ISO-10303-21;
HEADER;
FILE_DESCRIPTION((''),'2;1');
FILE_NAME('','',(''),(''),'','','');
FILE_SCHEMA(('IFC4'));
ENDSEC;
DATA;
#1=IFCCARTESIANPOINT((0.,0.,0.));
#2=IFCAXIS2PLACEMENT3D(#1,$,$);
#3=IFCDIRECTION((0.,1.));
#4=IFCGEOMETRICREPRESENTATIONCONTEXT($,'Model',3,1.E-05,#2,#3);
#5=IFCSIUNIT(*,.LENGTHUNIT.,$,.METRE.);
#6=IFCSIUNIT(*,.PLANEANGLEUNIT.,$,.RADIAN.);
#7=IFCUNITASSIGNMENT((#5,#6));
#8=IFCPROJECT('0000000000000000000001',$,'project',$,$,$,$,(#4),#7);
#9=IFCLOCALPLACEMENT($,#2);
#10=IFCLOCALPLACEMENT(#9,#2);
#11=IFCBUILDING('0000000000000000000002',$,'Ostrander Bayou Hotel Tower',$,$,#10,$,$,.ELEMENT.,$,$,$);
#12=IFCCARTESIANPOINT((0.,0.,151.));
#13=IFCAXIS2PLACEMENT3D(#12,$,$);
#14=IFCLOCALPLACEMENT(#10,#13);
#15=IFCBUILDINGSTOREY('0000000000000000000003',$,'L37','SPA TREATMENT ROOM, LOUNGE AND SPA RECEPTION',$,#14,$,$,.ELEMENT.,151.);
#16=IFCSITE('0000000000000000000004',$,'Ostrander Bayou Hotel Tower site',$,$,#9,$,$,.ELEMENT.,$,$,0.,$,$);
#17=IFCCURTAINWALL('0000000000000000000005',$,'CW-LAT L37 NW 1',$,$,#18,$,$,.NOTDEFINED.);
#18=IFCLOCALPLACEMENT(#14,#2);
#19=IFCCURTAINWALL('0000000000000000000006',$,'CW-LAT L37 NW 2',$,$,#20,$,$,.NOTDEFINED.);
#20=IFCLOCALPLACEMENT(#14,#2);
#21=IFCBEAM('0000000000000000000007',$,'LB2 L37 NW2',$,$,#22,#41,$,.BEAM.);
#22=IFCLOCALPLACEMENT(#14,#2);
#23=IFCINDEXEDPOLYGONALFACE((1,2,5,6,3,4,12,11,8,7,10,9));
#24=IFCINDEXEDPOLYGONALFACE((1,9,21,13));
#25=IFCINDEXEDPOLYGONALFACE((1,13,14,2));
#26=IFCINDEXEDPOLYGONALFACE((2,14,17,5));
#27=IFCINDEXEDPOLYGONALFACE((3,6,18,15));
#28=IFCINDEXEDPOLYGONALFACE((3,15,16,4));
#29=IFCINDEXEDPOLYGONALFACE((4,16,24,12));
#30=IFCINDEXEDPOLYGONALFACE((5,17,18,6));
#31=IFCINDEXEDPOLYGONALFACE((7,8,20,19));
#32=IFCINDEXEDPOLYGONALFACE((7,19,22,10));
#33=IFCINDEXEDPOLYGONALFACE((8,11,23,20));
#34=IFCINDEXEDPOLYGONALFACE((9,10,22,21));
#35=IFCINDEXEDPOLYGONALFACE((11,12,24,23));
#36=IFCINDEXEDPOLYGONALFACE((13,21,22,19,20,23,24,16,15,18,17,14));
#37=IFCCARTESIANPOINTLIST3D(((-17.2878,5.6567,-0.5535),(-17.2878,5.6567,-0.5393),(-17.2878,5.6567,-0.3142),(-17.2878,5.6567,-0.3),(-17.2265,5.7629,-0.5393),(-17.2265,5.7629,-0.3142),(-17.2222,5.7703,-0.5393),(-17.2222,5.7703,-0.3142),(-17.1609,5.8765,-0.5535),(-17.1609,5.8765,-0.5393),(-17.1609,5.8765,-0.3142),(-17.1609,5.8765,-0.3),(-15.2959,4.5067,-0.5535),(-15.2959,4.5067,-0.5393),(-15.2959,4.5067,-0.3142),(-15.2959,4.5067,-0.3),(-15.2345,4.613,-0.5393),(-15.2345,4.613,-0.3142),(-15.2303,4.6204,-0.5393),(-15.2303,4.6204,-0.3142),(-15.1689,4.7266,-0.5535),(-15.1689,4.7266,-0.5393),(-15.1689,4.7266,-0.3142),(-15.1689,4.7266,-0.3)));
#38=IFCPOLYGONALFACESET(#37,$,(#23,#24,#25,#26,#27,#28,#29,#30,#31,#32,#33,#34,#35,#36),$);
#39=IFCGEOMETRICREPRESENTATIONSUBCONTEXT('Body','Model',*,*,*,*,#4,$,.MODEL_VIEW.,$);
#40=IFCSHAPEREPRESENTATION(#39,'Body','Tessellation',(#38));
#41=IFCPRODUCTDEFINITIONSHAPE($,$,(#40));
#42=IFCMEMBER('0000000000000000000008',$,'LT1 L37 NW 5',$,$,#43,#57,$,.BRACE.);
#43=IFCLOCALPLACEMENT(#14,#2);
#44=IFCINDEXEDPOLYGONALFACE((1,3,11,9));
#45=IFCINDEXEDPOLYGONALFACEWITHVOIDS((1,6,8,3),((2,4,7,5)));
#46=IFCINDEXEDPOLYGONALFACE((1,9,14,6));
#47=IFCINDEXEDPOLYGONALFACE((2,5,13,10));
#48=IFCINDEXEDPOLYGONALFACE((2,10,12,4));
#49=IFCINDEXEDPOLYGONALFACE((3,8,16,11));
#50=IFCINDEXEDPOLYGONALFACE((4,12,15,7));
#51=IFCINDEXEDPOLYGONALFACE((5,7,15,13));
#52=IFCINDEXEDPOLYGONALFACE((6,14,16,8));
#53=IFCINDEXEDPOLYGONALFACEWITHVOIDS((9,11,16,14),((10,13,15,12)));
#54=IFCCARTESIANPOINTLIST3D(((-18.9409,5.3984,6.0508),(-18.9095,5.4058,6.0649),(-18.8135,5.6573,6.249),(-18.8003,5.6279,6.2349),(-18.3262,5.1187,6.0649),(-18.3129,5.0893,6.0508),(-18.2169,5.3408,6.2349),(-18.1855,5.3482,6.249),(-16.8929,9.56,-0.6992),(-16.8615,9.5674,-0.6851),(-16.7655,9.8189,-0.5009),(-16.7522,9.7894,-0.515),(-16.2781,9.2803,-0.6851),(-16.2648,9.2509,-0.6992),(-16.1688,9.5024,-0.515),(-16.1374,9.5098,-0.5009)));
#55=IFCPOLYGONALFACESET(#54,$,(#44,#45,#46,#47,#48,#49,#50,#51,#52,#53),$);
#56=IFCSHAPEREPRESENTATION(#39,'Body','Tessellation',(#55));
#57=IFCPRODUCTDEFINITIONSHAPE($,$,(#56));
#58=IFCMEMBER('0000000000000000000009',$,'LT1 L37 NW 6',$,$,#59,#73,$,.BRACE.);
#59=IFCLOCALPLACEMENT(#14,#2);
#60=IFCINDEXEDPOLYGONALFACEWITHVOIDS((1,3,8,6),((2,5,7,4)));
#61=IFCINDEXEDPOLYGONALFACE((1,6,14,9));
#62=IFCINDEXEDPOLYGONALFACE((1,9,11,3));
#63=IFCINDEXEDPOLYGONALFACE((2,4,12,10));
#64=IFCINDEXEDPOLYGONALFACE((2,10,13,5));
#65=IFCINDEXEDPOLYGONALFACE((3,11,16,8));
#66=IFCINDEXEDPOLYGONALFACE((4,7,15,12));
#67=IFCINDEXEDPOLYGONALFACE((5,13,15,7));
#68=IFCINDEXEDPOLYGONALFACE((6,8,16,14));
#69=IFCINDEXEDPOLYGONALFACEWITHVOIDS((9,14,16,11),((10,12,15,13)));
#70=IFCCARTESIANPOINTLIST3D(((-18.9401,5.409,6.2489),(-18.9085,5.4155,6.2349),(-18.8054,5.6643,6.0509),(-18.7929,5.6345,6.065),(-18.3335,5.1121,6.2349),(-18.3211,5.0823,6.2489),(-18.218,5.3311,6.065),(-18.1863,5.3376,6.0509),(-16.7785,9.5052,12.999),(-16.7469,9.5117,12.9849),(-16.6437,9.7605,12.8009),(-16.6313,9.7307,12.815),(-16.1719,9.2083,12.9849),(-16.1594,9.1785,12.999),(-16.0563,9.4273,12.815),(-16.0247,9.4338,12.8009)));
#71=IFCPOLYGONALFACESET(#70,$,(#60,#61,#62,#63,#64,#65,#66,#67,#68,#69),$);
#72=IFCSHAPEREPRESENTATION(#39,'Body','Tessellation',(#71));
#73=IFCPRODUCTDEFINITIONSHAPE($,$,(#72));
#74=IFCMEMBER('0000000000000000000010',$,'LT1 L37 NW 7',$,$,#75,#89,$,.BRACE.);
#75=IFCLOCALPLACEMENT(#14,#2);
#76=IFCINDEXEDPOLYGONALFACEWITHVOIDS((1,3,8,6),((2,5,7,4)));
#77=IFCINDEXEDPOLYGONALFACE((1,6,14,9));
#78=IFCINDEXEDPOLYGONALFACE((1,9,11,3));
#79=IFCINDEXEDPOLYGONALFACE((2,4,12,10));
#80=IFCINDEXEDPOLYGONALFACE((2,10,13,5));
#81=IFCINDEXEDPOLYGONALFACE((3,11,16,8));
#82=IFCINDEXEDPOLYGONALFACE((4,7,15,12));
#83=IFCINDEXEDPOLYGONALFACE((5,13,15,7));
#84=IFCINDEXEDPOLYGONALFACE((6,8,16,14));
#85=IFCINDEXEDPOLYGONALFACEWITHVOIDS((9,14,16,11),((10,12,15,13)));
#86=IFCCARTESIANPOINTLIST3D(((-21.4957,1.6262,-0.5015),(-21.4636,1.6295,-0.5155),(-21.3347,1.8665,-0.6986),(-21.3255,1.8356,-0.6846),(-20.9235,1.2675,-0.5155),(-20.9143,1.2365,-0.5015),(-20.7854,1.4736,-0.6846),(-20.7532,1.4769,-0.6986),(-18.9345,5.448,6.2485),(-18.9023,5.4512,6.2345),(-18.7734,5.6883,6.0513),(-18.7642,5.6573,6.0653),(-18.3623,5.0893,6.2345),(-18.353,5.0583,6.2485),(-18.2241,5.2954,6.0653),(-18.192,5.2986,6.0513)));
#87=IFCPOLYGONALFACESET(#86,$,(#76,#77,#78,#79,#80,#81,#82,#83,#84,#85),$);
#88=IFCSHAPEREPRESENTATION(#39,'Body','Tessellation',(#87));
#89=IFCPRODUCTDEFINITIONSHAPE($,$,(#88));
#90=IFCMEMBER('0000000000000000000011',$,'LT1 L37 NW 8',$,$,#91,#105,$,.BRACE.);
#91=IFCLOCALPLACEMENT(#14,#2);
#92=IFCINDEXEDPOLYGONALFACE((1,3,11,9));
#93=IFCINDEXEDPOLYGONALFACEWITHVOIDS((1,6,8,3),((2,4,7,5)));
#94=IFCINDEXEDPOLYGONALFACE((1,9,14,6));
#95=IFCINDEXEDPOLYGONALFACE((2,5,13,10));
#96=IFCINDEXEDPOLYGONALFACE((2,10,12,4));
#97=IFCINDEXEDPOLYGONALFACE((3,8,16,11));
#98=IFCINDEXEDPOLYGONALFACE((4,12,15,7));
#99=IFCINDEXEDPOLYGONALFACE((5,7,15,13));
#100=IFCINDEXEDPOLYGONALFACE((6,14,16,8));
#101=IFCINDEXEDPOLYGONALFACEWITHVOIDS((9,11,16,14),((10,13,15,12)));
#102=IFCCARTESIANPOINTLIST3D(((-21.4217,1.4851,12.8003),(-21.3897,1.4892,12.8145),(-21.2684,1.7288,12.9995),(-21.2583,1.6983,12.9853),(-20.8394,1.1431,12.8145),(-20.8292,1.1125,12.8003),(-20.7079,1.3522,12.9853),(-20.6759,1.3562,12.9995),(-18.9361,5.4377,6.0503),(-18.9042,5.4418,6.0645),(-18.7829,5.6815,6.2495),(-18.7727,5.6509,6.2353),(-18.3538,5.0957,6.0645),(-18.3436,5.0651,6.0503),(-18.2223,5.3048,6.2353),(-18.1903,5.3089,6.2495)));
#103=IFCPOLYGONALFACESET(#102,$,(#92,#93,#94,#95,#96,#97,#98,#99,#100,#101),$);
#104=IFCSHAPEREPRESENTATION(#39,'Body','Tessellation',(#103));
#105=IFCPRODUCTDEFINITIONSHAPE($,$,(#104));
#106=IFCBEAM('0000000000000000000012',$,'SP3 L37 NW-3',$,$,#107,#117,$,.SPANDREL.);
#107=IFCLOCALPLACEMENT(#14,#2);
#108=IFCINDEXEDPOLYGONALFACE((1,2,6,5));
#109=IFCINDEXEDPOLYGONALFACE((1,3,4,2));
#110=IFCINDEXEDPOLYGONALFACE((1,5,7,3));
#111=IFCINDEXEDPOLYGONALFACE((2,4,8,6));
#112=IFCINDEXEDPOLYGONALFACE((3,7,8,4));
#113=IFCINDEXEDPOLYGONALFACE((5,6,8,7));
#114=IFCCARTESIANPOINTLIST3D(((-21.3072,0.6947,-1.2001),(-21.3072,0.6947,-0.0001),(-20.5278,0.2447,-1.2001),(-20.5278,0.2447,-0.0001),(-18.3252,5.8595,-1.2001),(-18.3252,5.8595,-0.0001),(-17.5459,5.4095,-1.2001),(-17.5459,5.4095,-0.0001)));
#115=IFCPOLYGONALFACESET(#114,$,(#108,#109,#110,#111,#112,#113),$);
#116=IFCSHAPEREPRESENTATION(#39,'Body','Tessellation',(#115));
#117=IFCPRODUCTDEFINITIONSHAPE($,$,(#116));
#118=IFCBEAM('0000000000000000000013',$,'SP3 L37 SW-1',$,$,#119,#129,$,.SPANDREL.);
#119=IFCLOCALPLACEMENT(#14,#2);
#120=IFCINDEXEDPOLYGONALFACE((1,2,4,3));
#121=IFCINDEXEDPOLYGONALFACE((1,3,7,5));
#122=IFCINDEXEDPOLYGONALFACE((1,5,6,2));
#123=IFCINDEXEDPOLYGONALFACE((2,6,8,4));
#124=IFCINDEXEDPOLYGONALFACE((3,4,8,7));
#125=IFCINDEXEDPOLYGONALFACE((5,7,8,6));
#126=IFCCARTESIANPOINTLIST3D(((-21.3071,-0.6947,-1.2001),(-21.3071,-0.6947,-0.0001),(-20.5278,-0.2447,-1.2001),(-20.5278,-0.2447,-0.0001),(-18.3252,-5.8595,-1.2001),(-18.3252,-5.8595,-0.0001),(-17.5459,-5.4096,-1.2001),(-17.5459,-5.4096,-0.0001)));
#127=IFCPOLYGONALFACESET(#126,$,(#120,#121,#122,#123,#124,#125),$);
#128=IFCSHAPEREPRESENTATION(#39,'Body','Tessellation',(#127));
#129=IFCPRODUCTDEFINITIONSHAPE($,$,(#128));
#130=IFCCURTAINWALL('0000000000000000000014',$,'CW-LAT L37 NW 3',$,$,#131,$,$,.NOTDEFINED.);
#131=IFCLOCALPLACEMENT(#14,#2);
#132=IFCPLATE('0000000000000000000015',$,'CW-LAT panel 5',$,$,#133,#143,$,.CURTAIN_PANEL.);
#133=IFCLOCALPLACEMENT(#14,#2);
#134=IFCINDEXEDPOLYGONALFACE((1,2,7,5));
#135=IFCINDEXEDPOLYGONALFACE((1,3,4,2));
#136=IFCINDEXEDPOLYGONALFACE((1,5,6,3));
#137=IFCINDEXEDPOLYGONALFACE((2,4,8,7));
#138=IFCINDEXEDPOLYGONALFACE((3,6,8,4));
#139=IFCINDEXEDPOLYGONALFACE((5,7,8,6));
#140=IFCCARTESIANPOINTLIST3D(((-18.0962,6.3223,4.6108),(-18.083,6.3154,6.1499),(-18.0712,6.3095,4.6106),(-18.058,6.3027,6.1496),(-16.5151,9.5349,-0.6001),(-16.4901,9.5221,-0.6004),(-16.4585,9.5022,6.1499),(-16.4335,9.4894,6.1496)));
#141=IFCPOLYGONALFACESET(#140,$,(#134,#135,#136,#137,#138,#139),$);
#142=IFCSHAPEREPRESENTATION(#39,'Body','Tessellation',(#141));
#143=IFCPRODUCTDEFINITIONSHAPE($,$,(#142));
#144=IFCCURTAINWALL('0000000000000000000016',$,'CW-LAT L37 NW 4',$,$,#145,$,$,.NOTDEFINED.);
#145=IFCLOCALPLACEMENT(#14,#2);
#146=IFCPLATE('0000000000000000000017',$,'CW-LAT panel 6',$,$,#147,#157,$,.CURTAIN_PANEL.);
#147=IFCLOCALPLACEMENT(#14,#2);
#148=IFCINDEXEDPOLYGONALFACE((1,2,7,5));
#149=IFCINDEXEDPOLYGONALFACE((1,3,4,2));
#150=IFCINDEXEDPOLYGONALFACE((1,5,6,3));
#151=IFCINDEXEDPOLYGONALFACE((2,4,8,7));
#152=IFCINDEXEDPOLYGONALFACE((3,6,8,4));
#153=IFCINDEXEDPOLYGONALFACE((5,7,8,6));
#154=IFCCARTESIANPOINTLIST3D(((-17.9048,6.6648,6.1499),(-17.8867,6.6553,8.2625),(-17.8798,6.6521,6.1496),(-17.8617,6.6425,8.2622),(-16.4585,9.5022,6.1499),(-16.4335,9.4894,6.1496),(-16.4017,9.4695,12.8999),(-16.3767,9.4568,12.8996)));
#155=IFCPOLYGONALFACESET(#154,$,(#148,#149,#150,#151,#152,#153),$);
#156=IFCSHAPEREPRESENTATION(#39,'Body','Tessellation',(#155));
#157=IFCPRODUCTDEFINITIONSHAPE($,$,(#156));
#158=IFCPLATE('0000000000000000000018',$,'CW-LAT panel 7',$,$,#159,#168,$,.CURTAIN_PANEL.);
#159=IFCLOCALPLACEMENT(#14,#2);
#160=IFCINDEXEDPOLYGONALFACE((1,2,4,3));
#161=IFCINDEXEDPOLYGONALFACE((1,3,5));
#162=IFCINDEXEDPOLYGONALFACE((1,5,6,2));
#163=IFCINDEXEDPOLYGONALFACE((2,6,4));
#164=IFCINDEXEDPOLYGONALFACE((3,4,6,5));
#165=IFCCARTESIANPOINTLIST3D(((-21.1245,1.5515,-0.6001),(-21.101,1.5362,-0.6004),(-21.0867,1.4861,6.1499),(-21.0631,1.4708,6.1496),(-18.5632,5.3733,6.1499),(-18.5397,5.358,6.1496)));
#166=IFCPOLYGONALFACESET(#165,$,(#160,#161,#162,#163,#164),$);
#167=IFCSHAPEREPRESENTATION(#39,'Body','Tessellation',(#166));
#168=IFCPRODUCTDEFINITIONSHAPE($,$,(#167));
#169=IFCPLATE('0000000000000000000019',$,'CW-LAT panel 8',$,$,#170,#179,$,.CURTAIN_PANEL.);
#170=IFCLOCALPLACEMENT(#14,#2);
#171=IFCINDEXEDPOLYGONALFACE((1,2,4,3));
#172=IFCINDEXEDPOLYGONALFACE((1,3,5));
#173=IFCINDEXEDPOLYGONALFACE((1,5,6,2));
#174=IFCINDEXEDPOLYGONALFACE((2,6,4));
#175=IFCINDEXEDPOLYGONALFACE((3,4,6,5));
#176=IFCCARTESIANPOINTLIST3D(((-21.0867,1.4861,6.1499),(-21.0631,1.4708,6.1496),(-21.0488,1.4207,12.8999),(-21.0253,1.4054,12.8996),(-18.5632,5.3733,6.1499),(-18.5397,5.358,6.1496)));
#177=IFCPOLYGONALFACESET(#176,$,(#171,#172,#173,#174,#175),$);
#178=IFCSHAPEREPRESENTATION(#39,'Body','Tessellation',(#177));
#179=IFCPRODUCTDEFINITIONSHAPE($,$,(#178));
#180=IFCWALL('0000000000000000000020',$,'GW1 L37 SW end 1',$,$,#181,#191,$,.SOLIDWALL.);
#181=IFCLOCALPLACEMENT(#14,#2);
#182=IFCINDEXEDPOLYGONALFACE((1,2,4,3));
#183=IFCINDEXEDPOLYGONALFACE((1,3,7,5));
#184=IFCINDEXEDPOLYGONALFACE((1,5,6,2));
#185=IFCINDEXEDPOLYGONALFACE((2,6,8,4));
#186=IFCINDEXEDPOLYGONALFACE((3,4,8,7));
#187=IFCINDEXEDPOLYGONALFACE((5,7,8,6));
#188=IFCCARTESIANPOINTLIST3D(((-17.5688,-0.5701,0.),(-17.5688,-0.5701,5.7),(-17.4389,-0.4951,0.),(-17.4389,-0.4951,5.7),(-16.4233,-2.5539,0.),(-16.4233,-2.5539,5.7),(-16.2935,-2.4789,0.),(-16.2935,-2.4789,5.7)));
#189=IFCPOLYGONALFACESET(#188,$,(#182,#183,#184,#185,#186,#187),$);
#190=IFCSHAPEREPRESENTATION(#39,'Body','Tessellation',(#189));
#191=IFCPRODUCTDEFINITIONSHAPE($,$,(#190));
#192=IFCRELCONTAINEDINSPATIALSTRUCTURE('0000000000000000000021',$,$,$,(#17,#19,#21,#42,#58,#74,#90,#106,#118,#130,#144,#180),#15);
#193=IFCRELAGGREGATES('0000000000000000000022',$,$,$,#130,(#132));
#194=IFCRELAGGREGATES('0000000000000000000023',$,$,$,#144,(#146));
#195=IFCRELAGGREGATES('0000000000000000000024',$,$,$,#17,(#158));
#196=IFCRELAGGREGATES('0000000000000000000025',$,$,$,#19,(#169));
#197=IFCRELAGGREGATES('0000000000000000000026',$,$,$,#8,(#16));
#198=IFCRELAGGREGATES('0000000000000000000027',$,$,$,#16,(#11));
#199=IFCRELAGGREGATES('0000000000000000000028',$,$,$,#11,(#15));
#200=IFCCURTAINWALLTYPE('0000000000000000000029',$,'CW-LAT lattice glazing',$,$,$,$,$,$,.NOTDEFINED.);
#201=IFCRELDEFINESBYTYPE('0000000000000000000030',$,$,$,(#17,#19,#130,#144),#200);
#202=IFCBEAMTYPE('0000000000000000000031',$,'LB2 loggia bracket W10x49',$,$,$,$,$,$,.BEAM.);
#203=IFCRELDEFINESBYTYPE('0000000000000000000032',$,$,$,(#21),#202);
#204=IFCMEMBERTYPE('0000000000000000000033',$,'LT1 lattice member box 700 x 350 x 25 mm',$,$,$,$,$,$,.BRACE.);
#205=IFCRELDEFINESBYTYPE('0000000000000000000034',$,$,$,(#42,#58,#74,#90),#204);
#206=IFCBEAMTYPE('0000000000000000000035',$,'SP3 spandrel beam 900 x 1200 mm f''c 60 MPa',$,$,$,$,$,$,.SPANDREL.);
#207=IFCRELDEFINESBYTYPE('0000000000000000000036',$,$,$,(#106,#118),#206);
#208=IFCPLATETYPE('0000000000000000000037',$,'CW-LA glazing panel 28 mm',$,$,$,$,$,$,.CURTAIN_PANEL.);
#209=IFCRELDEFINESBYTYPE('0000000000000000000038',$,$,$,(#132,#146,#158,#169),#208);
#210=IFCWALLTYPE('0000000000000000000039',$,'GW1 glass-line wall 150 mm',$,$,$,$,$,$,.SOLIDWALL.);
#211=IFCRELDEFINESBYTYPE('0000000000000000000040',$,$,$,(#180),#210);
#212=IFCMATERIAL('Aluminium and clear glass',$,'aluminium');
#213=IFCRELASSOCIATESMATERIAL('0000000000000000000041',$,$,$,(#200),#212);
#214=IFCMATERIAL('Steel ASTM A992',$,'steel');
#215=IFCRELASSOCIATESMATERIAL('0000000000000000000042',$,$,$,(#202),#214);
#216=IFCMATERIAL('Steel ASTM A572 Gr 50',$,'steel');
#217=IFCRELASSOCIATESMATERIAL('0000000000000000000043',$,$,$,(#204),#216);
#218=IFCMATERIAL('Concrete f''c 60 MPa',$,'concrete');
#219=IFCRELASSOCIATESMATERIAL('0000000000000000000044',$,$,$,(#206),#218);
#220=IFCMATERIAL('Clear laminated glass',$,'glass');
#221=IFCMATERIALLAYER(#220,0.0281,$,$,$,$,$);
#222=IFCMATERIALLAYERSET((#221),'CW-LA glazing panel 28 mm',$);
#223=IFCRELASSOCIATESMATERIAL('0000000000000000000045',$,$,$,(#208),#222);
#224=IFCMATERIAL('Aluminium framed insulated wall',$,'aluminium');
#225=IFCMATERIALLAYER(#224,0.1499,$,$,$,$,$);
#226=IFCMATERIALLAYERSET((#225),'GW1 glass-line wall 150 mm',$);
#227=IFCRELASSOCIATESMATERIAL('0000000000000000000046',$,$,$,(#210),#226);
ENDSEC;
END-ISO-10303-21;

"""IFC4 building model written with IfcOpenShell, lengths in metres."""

from ifc_helpers import new_model, si_unit, direction, frame, frame_2d, origin, origin_2d, place, context, subcontext, project, spatial, polyline, rectangle, hollow_rectangle, i_section, outline, extrude, material, layer, layer_set, material_profile, profile_set, type_object, element, aggregate, save


model = new_model("IFC4")

# Units and contexts
model_context = context("Model", 3, precision=1e-05, world=origin(), true_north=direction((0.0, 1.0)))
body_context = subcontext(model_context, "Body", "Model", "MODEL_VIEW")
ifc_project = project(units=[si_unit("LENGTHUNIT", "METRE"), si_unit("PLANEANGLEUNIT", "RADIAN")], contexts=[model_context])

# Site, building, storey
site_placement = place(None, origin())
site = spatial("IfcSite", under=ifc_project, at=site_placement, Name="Ostrander Bayou Hotel Tower site", CompositionType="ELEMENT", RefElevation=0.0)
building_placement = place(site_placement, origin())
building = spatial("IfcBuilding", under=site, at=building_placement, Name="Ostrander Bayou Hotel Tower", CompositionType="ELEMENT")
storey_placement = place(building_placement, frame((0.0, 0.0, 151.0)))
storey = spatial("IfcBuildingStorey", under=building, at=storey_placement, Name="L37", Description="SPA TREATMENT ROOM, LOUNGE AND SPA RECEPTION", CompositionType="ELEMENT", Elevation=151.0)

# Curtain wall
ifc_material_1 = material(Name="Aluminium and clear glass", Category="aluminium")
curtain_wall_type_1 = type_object("IfcCurtainWallType", Name="CW-LAT lattice glazing", PredefinedType="NOTDEFINED", material=ifc_material_1)
curtain_wall_1_placement = place(storey_placement, origin())
curtain_wall_1 = element("IfcCurtainWall", 1, at=curtain_wall_1_placement, inside=storey, type_object=curtain_wall_type_1, Name="CW-LAT L37 NW 1", PredefinedType="NOTDEFINED")

# Curtain wall
curtain_wall_2_placement = place(storey_placement, origin())
curtain_wall_2 = element("IfcCurtainWall", 2, at=curtain_wall_2_placement, inside=storey, type_object=curtain_wall_type_1, Name="CW-LAT L37 NW 2", PredefinedType="NOTDEFINED")

# Beam
ifc_material_2 = material(Name="Steel ASTM A992", Category="steel")
ifc_material_profile_1 = material_profile(ifc_material_2, i_section(OverallWidth=0.2539, OverallDepth=0.2534, WebThickness=0.0085, FlangeThickness=0.0142, at=origin_2d()))
ifc_profile_set_1 = profile_set([ifc_material_profile_1], Name="Steel ASTM A992")
beam_type_1 = type_object("IfcBeamType", Name="LB2 loggia bracket W10x49", PredefinedType="BEAM", material=ifc_profile_set_1)
beam_placement = place(storey_placement, frame((-17.2244, 5.7666, -0.4268), z_axis=(0.866053, -0.499952, 0.0), x_axis=(0.499952, 0.866053, 0.0)))
element("IfcBeam", 3, at=beam_placement, inside=storey, type_object=beam_type_1, Name="LB2 L37 NW2", PredefinedType="BEAM", context=body_context, shape_type="SweptSolid", body=[
    extrude(i_section(OverallWidth=0.2539, OverallDepth=0.2534, WebThickness=0.0085, FlangeThickness=0.0142, at=origin_2d()), origin(), (0.0, 0.0, 1.0), 2.3),
])

# Members
ifc_material_3 = material(Name="Steel ASTM A572 Gr 50", Category="steel")
ifc_material_profile_2 = material_profile(ifc_material_3, hollow_rectangle(XDim=0.7, YDim=0.3501, WallThickness=0.0249, at=origin_2d()))
ifc_profile_set_2 = profile_set([ifc_material_profile_2], Name="Steel ASTM A572 Gr 50")
member_type_1 = type_object("IfcMemberType", Name="LT1 lattice member box 700 x 350 x 25 mm", PredefinedType="BRACE", material=ifc_profile_set_2)
member_1_placement = place(storey_placement, frame((-18.5632, 5.3733, 6.1499), z_axis=(0.250072, 0.508134, -0.824175), x_axis=(-0.897231, 0.441562, 0.0)))
element("IfcMember", 4, at=member_1_placement, inside=storey, type_object=member_type_1, Name="LT1 L37 NW 5", PredefinedType="BRACE", context=body_context, shape_type="SweptSolid", body=[
    extrude(hollow_rectangle(XDim=0.7, YDim=0.3501, WallThickness=0.0249, at=origin_2d()), origin(), (0.0, 0.0, 1.0), 8.1899),
])
member_2_placement = place(storey_placement, frame((-18.5632, 5.3733, 6.1499), z_axis=(0.264057, 0.500378, 0.824558), x_axis=(-0.884408, 0.466715, 0.0)))
element("IfcMember", 5, at=member_2_placement, inside=storey, type_object=member_type_1, Name="LT1 L37 NW 6", PredefinedType="BRACE", context=body_context, shape_type="SweptSolid", body=[
    extrude(hollow_rectangle(XDim=0.7, YDim=0.3501, WallThickness=0.0249, at=origin_2d()), origin(), (0.0, 0.0, 1.0), 8.1863),
])
member_3_placement = place(storey_placement, frame((-18.5632, 5.3733, 6.1499), z_axis=(-0.313546, -0.467853, -0.826319), x_axis=(0.830701, -0.556719, 0.0)))
element("IfcMember", 6, at=member_3_placement, inside=storey, type_object=member_type_1, Name="LT1 L37 NW 7", PredefinedType="BRACE", context=body_context, shape_type="SweptSolid", body=[
    extrude(hollow_rectangle(XDim=0.7, YDim=0.3501, WallThickness=0.0249, at=origin_2d()), origin(), (0.0, 0.0, 1.0), 8.1687),
])
member_4_placement = place(storey_placement, frame((-18.5632, 5.3733, 6.1499), z_axis=(-0.302842, -0.481585, 0.822413), x_axis=(0.846532, -0.532338, 0.0)))
element("IfcMember", 7, at=member_4_placement, inside=storey, type_object=member_type_1, Name="LT1 L37 NW 8", PredefinedType="BRACE", context=body_context, shape_type="SweptSolid", body=[
    extrude(hollow_rectangle(XDim=0.7, YDim=0.3501, WallThickness=0.0249, at=origin_2d()), origin(), (0.0, 0.0, 1.0), 8.2075),
])

# Beams
ifc_material_4 = material(Name="Concrete f'c 60 MPa", Category="concrete")
ifc_material_profile_3 = material_profile(ifc_material_4, rectangle(XDim=0.8999, YDim=1.2, at=origin_2d()))
ifc_profile_set_3 = profile_set([ifc_material_profile_3], Name="Concrete f'c 60 MPa")
beam_type_2 = type_object("IfcBeamType", Name="SP3 spandrel beam 900 x 1200 mm f'c 60 MPa", PredefinedType="SPANDREL", material=ifc_profile_set_3)
for number, where, z_axis, x_axis, name in (
    (8, (-17.9355, 5.6345, -0.6001), (-0.500005, -0.866023, 0.0), (0.866023, -0.500005, 0.0), "SP3 L37 NW-3"),
    (9, (-20.9175, -0.4697, -0.6001), (0.500005, -0.866023, 0.0), (0.866023, 0.500005, 0.0), "SP3 L37 SW-1"),
):
    element("IfcBeam", number, at=place(storey_placement, frame(where, z_axis=z_axis, x_axis=x_axis)), inside=storey, type_object=beam_type_2, Name=name, PredefinedType="SPANDREL", context=body_context, shape_type="SweptSolid", body=[
        extrude(rectangle(XDim=0.8999, YDim=1.2, at=origin_2d()), origin(), (0.0, 0.0, 1.0), 5.9639),
    ])

# Curtain walls, plates
curtain_wall_3_placement = place(storey_placement, origin())
curtain_wall_3 = element("IfcCurtainWall", 10, at=curtain_wall_3_placement, inside=storey, type_object=curtain_wall_type_1, Name="CW-LAT L37 NW 3", PredefinedType="NOTDEFINED")
ifc_material_5 = material(Name="Clear laminated glass", Category="glass")
ifc_layer_1 = layer(ifc_material_5, 0.0281)
ifc_layer_set_1 = layer_set([ifc_layer_1], Name="CW-LA glazing panel 28 mm")
plate_type = type_object("IfcPlateType", Name="CW-LA glazing panel 28 mm", PredefinedType="CURTAIN_PANEL", material=ifc_layer_set_1)
plate_1_placement = place(storey_placement, frame((-18.0962, 6.3223, 4.6108), z_axis=(-0.890882, 0.454132, 0.009671), x_axis=(0.250071, 0.508122, -0.824182)))
plate_1 = element("IfcPlate", 11, at=plate_1_placement, type_object=plate_type, Name="CW-LAT panel 5", PredefinedType="CURTAIN_PANEL", context=body_context, shape_type="SweptSolid", body=[
    extrude(outline(polyline([(0.0, 0.0), (6.3226, 0.0), (0.7569, -3.8197), (-1.2686, -0.8715), (0.0, 0.0)])), origin(), (0.0, 0.0, -1.0), 0.0281),
])
aggregate(curtain_wall_3, [plate_1])
curtain_wall_4_placement = place(storey_placement, origin())
curtain_wall_4 = element("IfcCurtainWall", 12, at=curtain_wall_4_placement, inside=storey, type_object=curtain_wall_type_1, Name="CW-LAT L37 NW 4", PredefinedType="NOTDEFINED")
plate_2_placement = place(storey_placement, frame((-17.8867, 6.6553, 8.2625), z_axis=(-0.890884, 0.454128, 0.009699), x_axis=(0.264047, 0.500383, 0.824558)))
plate_2 = element("IfcPlate", 13, at=plate_2_placement, type_object=plate_type, Name="CW-LAT panel 6", PredefinedType="CURTAIN_PANEL", context=body_context, shape_type="SweptSolid", body=[
    extrude(outline(polyline([(0.0, 0.0), (5.6242, 0.0), (0.0598, 3.8215), (-1.7419, 1.1954), (0.0, 0.0)])), origin(), (0.0, 0.0, -1.0), 0.0281),
])
aggregate(curtain_wall_4, [plate_2])

# Plates
plate_3_placement = place(storey_placement, frame((-18.5632, 5.3733, 6.1499), z_axis=(-0.838722, 0.544469, 0.00998), x_axis=(-0.313546, -0.467853, -0.826319)))
plate_3 = element("IfcPlate", 14, at=plate_3_placement, type_object=plate_type, Name="CW-LAT panel 7", PredefinedType="CURTAIN_PANEL", context=body_context, shape_type="SweptSolid", body=[
    extrude(outline(polyline([(0.0, 0.0), (8.1688, 0.0), (2.6099, 3.8297), (0.0, 0.0)])), origin(), (0.0, 0.0, -1.0), 0.0281),
])
aggregate(curtain_wall_1, [plate_3])
plate_4_placement = place(storey_placement, frame((-18.5632, 5.3733, 6.1499), z_axis=(-0.838722, 0.544469, 0.00998), x_axis=(-0.302842, -0.481585, 0.822413)))
plate_4 = element("IfcPlate", 15, at=plate_4_placement, type_object=plate_type, Name="CW-LAT panel 8", PredefinedType="CURTAIN_PANEL", context=body_context, shape_type="SweptSolid", body=[
    extrude(outline(polyline([(0.0, 0.0), (8.2076, 0.0), (2.6362, -3.8116), (0.0, 0.0)])), origin(), (0.0, 0.0, -1.0), 0.0281),
])
aggregate(curtain_wall_2, [plate_4])

# Wall
ifc_material_6 = material(Name="Aluminium framed insulated wall", Category="aluminium")
ifc_layer_2 = layer(ifc_material_6, 0.1499)
ifc_layer_set_2 = layer_set([ifc_layer_2], Name="GW1 glass-line wall 150 mm")
wall_type_1 = type_object("IfcWallType", Name="GW1 glass-line wall 150 mm", PredefinedType="SOLIDWALL", material=ifc_layer_set_2)
wall_1_placement = place(storey_placement, frame((-17.5039, -0.5325, 0.0), z_axis=(0.0, 0.0, 1.0), x_axis=(0.500036, -0.866005, 0.0)))
element("IfcWall", 16, at=wall_1_placement, inside=storey, type_object=wall_type_1, Name="GW1 L37 SW end 1", PredefinedType="SOLIDWALL", context=body_context, shape_type="SweptSolid", body=[
    extrude(rectangle(XDim=2.2908, YDim=0.1499, at=frame_2d((1.1455, 0.0))), origin(), (0.0, 0.0, 1.0), 5.7),
])

save(model, "model.ifc")
